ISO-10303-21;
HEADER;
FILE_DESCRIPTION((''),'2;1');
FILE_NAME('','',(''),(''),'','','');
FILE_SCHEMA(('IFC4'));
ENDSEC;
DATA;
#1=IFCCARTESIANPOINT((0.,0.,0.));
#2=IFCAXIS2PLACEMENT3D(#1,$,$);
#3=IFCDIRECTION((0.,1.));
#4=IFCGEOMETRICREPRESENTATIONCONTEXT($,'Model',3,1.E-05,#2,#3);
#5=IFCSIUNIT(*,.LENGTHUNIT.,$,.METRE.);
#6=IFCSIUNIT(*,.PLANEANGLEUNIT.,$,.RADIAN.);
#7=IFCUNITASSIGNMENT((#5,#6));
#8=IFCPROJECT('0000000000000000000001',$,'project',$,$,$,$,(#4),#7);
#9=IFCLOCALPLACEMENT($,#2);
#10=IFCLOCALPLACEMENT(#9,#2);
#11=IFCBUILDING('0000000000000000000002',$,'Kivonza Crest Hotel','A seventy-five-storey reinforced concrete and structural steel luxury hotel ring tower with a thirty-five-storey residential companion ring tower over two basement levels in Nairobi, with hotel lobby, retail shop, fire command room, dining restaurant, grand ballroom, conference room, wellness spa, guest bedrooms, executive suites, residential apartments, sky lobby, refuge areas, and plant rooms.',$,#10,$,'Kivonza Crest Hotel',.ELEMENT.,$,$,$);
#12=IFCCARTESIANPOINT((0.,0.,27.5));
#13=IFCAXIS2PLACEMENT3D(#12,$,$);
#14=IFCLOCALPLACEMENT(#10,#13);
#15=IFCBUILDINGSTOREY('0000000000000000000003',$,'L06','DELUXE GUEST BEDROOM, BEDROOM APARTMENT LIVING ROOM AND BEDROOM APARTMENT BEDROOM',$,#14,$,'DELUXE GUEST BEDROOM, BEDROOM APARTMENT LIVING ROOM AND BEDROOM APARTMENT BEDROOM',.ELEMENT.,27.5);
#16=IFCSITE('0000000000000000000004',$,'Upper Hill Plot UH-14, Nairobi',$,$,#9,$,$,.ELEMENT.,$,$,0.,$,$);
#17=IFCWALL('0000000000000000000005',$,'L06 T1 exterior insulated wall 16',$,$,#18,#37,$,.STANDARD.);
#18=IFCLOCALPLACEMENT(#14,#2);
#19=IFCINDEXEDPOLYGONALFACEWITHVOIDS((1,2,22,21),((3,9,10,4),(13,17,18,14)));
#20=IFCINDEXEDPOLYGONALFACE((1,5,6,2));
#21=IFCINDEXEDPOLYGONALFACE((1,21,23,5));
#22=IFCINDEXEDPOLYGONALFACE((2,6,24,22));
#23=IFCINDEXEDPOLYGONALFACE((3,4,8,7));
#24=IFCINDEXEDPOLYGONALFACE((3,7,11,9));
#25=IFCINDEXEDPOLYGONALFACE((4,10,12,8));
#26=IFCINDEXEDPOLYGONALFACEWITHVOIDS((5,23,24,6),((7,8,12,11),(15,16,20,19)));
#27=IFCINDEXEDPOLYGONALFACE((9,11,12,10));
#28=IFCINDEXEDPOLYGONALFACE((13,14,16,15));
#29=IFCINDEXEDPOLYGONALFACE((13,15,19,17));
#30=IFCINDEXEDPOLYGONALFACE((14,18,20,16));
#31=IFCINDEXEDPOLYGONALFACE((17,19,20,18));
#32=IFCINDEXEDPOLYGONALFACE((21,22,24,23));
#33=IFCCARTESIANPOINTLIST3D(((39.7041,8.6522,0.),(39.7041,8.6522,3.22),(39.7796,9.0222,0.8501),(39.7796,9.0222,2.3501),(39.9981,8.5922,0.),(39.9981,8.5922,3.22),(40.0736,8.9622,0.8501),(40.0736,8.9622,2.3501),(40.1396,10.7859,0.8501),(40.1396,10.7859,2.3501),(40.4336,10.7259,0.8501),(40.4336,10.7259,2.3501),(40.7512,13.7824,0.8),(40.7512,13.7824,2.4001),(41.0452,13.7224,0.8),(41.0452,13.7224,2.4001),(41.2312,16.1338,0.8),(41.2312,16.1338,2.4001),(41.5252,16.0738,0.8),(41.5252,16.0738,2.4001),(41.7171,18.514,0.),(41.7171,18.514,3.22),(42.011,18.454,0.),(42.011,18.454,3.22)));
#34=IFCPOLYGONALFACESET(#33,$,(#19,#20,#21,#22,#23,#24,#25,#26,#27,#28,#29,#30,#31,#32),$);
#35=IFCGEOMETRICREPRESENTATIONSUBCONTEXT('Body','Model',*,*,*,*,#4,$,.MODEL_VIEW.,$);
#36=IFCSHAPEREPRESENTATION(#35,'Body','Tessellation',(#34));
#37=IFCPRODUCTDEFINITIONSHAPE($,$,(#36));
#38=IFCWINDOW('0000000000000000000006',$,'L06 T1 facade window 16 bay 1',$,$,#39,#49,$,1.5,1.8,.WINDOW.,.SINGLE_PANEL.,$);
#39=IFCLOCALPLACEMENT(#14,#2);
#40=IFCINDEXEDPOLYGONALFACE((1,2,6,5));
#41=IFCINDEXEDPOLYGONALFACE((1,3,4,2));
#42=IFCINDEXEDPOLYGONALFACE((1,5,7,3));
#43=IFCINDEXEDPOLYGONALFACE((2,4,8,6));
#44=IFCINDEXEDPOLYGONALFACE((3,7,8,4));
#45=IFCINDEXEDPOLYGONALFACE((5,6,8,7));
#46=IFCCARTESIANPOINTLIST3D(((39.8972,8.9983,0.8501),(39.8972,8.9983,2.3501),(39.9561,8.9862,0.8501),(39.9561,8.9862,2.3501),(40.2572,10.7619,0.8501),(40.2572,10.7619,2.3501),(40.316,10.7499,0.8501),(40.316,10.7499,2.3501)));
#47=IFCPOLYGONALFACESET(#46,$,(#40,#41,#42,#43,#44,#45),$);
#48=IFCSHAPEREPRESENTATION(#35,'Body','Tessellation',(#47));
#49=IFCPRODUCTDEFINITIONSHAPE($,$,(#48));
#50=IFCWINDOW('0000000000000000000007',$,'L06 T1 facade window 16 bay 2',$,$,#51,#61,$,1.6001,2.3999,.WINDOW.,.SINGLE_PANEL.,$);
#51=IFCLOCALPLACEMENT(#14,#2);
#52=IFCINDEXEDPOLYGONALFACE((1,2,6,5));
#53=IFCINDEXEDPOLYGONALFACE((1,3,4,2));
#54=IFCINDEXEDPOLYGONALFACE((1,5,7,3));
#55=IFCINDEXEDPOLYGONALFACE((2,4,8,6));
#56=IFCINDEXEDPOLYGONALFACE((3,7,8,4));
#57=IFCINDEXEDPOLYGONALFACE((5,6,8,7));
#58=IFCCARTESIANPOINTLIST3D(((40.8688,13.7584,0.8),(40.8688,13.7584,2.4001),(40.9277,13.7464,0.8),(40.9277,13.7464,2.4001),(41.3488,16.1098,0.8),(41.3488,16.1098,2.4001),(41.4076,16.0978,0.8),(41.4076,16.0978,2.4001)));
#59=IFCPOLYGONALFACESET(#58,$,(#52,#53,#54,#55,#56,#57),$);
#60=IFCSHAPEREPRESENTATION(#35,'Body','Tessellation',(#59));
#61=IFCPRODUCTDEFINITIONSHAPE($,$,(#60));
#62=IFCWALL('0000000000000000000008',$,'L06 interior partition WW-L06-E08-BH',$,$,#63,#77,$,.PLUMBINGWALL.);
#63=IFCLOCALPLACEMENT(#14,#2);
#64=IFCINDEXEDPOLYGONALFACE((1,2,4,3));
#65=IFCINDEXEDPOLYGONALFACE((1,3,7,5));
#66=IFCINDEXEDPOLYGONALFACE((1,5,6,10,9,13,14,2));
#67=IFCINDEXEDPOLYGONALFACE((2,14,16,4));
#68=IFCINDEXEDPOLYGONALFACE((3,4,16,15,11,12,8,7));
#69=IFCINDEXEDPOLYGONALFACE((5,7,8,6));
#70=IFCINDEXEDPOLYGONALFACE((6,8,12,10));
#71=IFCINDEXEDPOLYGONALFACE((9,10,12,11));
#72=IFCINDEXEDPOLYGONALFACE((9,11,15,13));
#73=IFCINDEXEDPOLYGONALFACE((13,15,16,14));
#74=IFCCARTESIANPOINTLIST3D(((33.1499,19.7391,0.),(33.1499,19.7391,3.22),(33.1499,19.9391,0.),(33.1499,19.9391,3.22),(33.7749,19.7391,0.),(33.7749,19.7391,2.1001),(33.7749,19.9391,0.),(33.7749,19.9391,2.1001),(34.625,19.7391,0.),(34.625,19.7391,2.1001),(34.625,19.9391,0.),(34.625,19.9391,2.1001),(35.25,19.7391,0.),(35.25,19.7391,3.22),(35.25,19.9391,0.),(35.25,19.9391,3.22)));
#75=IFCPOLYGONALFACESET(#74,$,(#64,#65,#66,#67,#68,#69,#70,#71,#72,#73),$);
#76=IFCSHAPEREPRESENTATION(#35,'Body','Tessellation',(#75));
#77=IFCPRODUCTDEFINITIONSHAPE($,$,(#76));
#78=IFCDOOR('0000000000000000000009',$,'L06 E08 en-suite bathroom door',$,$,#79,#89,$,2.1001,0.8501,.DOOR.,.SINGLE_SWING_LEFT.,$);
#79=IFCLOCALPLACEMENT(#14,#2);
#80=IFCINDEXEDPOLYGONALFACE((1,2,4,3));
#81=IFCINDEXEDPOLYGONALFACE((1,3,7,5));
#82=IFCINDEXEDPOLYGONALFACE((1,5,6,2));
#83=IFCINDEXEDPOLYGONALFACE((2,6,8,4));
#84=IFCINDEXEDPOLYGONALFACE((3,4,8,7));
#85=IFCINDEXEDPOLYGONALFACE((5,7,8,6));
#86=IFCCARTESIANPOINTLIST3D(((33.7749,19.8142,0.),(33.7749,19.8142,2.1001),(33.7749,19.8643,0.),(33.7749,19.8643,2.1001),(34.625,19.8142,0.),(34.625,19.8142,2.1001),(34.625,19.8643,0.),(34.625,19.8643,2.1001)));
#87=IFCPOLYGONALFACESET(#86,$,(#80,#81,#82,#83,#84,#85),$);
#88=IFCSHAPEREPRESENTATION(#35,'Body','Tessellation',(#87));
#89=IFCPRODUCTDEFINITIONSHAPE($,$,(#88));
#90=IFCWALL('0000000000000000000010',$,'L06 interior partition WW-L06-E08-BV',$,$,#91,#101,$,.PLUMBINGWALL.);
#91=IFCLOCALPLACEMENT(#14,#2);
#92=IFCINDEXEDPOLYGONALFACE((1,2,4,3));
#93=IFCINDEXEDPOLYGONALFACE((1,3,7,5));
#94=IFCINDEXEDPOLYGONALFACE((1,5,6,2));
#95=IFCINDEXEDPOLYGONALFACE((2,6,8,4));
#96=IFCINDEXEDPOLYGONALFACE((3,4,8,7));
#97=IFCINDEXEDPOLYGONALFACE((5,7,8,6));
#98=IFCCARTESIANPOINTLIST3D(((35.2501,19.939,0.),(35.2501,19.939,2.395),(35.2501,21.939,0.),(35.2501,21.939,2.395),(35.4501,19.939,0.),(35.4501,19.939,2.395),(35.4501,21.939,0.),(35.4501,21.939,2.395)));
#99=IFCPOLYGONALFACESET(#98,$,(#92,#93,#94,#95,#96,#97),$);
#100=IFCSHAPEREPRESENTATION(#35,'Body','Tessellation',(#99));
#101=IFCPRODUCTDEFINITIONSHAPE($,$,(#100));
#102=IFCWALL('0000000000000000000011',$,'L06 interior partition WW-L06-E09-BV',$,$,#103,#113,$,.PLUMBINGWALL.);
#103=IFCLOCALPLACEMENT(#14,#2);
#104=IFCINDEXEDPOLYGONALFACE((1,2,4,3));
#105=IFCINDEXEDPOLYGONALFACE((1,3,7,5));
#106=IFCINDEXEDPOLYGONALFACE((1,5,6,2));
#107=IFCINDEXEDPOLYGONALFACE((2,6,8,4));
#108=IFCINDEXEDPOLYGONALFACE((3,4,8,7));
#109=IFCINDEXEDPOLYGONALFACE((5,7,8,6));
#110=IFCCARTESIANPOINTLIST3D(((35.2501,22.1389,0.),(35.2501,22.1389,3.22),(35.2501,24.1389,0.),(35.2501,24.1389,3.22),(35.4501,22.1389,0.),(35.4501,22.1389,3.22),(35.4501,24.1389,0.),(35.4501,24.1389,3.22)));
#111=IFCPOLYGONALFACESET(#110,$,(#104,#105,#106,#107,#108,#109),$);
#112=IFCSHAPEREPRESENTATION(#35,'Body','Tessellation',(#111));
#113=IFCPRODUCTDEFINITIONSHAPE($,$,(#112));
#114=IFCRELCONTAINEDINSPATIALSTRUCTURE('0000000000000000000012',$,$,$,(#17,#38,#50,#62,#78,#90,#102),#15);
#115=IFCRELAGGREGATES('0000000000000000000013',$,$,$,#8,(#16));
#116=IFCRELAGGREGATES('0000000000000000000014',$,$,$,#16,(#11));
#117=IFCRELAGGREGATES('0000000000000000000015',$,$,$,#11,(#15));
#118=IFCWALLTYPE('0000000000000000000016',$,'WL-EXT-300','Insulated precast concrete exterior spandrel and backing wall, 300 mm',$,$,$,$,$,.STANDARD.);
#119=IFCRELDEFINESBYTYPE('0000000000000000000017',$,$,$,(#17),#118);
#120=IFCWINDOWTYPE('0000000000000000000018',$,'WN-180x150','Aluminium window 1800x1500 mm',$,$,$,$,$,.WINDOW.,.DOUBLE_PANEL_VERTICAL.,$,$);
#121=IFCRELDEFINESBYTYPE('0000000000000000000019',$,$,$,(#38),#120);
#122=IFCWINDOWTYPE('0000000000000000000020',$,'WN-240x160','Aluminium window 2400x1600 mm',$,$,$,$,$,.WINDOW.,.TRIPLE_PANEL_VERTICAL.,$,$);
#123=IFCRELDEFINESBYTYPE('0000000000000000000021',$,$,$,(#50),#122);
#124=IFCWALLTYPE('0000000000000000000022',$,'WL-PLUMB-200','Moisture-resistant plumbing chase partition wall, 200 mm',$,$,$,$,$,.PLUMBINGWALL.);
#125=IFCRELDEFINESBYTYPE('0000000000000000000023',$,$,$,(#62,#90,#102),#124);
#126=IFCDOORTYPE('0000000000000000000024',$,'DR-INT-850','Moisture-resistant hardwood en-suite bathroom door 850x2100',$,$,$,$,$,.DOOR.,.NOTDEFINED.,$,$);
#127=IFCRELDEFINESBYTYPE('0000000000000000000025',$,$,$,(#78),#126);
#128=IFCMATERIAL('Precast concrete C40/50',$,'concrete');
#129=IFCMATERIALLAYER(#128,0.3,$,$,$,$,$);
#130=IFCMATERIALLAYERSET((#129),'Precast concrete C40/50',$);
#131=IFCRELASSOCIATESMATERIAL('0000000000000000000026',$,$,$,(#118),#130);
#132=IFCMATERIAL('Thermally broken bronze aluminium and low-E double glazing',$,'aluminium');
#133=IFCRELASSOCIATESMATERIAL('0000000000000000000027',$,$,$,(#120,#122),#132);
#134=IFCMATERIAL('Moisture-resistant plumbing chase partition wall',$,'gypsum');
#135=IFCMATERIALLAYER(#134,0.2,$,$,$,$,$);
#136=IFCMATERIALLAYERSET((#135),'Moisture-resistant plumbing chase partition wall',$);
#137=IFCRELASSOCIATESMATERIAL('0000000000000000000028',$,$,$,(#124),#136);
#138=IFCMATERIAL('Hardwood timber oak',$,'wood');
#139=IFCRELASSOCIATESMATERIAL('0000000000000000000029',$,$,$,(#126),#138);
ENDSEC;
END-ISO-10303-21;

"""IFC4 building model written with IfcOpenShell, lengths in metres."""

from ifc_helpers import new_model, si_unit, direction, frame, frame_2d, origin, place, context, subcontext, project, spatial, rectangle, extrude, material, layer, layer_set, type_object, element, fill, save


model = new_model("IFC4")

# Units and contexts
model_context = context("Model", 3, precision=1e-05, world=origin(), true_north=direction((0.0, 1.0)))
body_context = subcontext(model_context, "Body", "Model", "MODEL_VIEW")
ifc_project = project(units=[si_unit("LENGTHUNIT", "METRE"), si_unit("PLANEANGLEUNIT", "RADIAN")], contexts=[model_context])

# Site, building, storey
site_placement = place(None, origin())
site = spatial("IfcSite", under=ifc_project, at=site_placement, Name="Upper Hill Plot UH-14, Nairobi", CompositionType="ELEMENT", RefElevation=0.0)
building_placement = place(site_placement, origin())
building = spatial("IfcBuilding", under=site, at=building_placement, Name="Kivonza Crest Hotel", Description="A seventy-five-storey reinforced concrete and structural steel luxury hotel ring tower with a thirty-five-storey residential companion ring tower over two basement levels in Nairobi, with hotel lobby, retail shop, fire command room, dining restaurant, grand ballroom, conference room, wellness spa, guest bedrooms, executive suites, residential apartments, sky lobby, refuge areas, and plant rooms.", LongName="Kivonza Crest Hotel", CompositionType="ELEMENT")
storey_placement = place(building_placement, frame((0.0, 0.0, 27.5)))
storey = spatial("IfcBuildingStorey", under=building, at=storey_placement, Name="L06", Description="DELUXE GUEST BEDROOM, BEDROOM APARTMENT LIVING ROOM AND BEDROOM APARTMENT BEDROOM", LongName="DELUXE GUEST BEDROOM, BEDROOM APARTMENT LIVING ROOM AND BEDROOM APARTMENT BEDROOM", CompositionType="ELEMENT", Elevation=27.5)

# Shared definitions
ifc_material_1 = material(Name="Hardwood timber oak", Category="wood")

# Shared definitions
ifc_material_2 = material(Name="Precast concrete C40/50", Category="concrete")
ifc_layer_1 = layer(ifc_material_2, 0.3)
ifc_layer_set_1 = layer_set([ifc_layer_1], Name="Precast concrete C40/50")
wall_type_1 = type_object("IfcWallType", Name="WL-EXT-300", Description="Insulated precast concrete exterior spandrel and backing wall, 300 mm", PredefinedType="STANDARD", material=ifc_layer_set_1)

# Wall, openings, windows
wall_1_placement = place(storey_placement, frame((39.8511, 8.6221, 0.0), z_axis=(0.0, 0.0, 1.0), x_axis=(0.199991, 0.979798, 0.0)))
wall_1 = element("IfcWall", 1, at=wall_1_placement, inside=storey, type_object=wall_type_1, Name="L06 T1 exterior insulated wall 16", PredefinedType="STANDARD", context=body_context, shape_type="SweptSolid", body=[
    extrude(rectangle(XDim=10.0652, YDim=0.3, at=frame_2d((5.0327, 0.0))), origin(), (0.0, 0.0, 1.0), 3.22),
])
opening_1_placement = place(wall_1_placement, frame((0.3779, 0.0, 0.8501)))
opening_1 = element("IfcOpeningElement", 2, at=opening_1_placement, cuts=wall_1, PredefinedType="OPENING", context=body_context, shape_type="SweptSolid", body=[
    extrude(rectangle(XDim=1.8, YDim=1.5, at=frame_2d((0.8999, 0.75))), frame((0.0, 0.1602, 0.0), z_axis=(0.0, -1.0, 0.0), x_axis=(1.0, 0.0, 0.0)), (0.0, 0.0, 1.0), 0.3201),
])
opening_2_placement = place(wall_1_placement, frame((5.2361, 0.0, 0.8)))
opening_2 = element("IfcOpeningElement", 3, at=opening_2_placement, cuts=wall_1, PredefinedType="OPENING", context=body_context, shape_type="SweptSolid", body=[
    extrude(rectangle(XDim=2.3999, YDim=1.6001, at=frame_2d((1.2, 0.8))), frame((0.0, 0.1602, 0.0), z_axis=(0.0, -1.0, 0.0), x_axis=(1.0, 0.0, 0.0)), (0.0, 0.0, 1.0), 0.3201),
])
ifc_material_3 = material(Name="Thermally broken bronze aluminium and low-E double glazing", Category="aluminium")
window_type_1 = type_object("IfcWindowType", Name="WN-180x150", Description="Aluminium window 1800x1500 mm", PartitioningType="DOUBLE_PANEL_VERTICAL", PredefinedType="WINDOW", material=ifc_material_3)
window_1_placement = place(opening_1_placement, origin())
window_1 = element("IfcWindow", 4, at=window_1_placement, inside=storey, type_object=window_type_1, Name="L06 T1 facade window 16 bay 1", OverallHeight=1.5, OverallWidth=1.8, PartitioningType="SINGLE_PANEL", PredefinedType="WINDOW", context=body_context, shape_type="SweptSolid", body=[
    extrude(rectangle(XDim=1.8, YDim=1.5, at=frame_2d((0.8999, 0.75))), frame((0.0, 0.03, 0.0), z_axis=(0.0, -1.0, 0.0), x_axis=(1.0, 0.0, 0.0)), (0.0, 0.0, 1.0), 0.0601),
])
fill(opening_1, window_1)
window_type_2 = type_object("IfcWindowType", Name="WN-240x160", Description="Aluminium window 2400x1600 mm", PartitioningType="TRIPLE_PANEL_VERTICAL", PredefinedType="WINDOW", material=ifc_material_3)
window_2_placement = place(opening_2_placement, origin())
window_2 = element("IfcWindow", 5, at=window_2_placement, inside=storey, type_object=window_type_2, Name="L06 T1 facade window 16 bay 2", OverallHeight=1.6001, OverallWidth=2.3999, PartitioningType="SINGLE_PANEL", PredefinedType="WINDOW", context=body_context, shape_type="SweptSolid", body=[
    extrude(rectangle(XDim=2.3999, YDim=1.6001, at=frame_2d((1.2, 0.8))), frame((0.0, 0.03, 0.0), z_axis=(0.0, -1.0, 0.0), x_axis=(1.0, 0.0, 0.0)), (0.0, 0.0, 1.0), 0.0601),
])
fill(opening_2, window_2)

# Wall, opening, door
ifc_material_4 = material(Name="Moisture-resistant plumbing chase partition wall", Category="gypsum")
ifc_layer_2 = layer(ifc_material_4, 0.2)
ifc_layer_set_2 = layer_set([ifc_layer_2], Name="Moisture-resistant plumbing chase partition wall")
wall_type_2 = type_object("IfcWallType", Name="WL-PLUMB-200", Description="Moisture-resistant plumbing chase partition wall, 200 mm", PredefinedType="PLUMBINGWALL", material=ifc_layer_set_2)
wall_2_placement = place(storey_placement, frame((33.1499, 19.8391, 0.0), z_axis=(0.0, 0.0, 1.0), x_axis=(1.0, 0.0, 0.0)))
wall_2 = element("IfcWall", 6, at=wall_2_placement, inside=storey, type_object=wall_type_2, Name="L06 interior partition WW-L06-E08-BH", PredefinedType="PLUMBINGWALL", context=body_context, shape_type="SweptSolid", body=[
    extrude(rectangle(XDim=2.1001, YDim=0.2, at=frame_2d((1.05, 0.0))), origin(), (0.0, 0.0, 1.0), 3.22),
])
opening_3_placement = place(wall_2_placement, frame((0.625, 0.0, 0.0)))
opening_3 = element("IfcOpeningElement", 7, at=opening_3_placement, cuts=wall_2, PredefinedType="OPENING", context=body_context, shape_type="SweptSolid", body=[
    extrude(rectangle(XDim=0.8501, YDim=2.1001, at=frame_2d((0.425, 1.05))), frame((0.0, 0.1099, 0.0), z_axis=(0.0, -1.0, 0.0), x_axis=(1.0, 0.0, 0.0)), (0.0, 0.0, 1.0), 0.22),
])
door_type_1 = type_object("IfcDoorType", Name="DR-INT-850", Description="Moisture-resistant hardwood en-suite bathroom door 850x2100", OperationType="NOTDEFINED", PredefinedType="DOOR", material=ifc_material_1)
door_1_placement = place(opening_3_placement, frame((0.8501, 0.0, 0.0), z_axis=(0.0, 0.0, 1.0), x_axis=(-1.0, 0.0, 0.0)))
door_1 = element("IfcDoor", 8, at=door_1_placement, inside=storey, type_object=door_type_1, Name="L06 E08 en-suite bathroom door", OperationType="SINGLE_SWING_LEFT", OverallHeight=2.1001, OverallWidth=0.8501, PredefinedType="DOOR", context=body_context, shape_type="SweptSolid", body=[
    extrude(rectangle(XDim=0.8501, YDim=2.1001, at=frame_2d((0.425, 1.05))), frame((0.0, 0.0249, 0.0), z_axis=(0.0, -1.0, 0.0), x_axis=(1.0, 0.0, 0.0)), (0.0, 0.0, 1.0), 0.05),
])
fill(opening_3, door_1)

# Walls
wall_3_placement = place(storey_placement, frame((35.3501, 19.939, 0.0), z_axis=(0.0, 0.0, 1.0), x_axis=(0.0, 1.0, 0.0)))
element("IfcWall", 9, at=wall_3_placement, inside=storey, type_object=wall_type_2, Name="L06 interior partition WW-L06-E08-BV", PredefinedType="PLUMBINGWALL", context=body_context, shape_type="SweptSolid", body=[
    extrude(rectangle(XDim=2.0, YDim=0.2, at=frame_2d((1.0, 0.0))), origin(), (0.0, 0.0, 1.0), 2.395),
])
wall_4_placement = place(storey_placement, frame((35.3501, 22.1389, 0.0), z_axis=(0.0, 0.0, 1.0), x_axis=(0.0, 1.0, 0.0)))
element("IfcWall", 10, at=wall_4_placement, inside=storey, type_object=wall_type_2, Name="L06 interior partition WW-L06-E09-BV", PredefinedType="PLUMBINGWALL", context=body_context, shape_type="SweptSolid", body=[
    extrude(rectangle(XDim=2.0, YDim=0.2, at=frame_2d((1.0, 0.0))), origin(), (0.0, 0.0, 1.0), 3.22),
])

save(model, "model.ifc")
